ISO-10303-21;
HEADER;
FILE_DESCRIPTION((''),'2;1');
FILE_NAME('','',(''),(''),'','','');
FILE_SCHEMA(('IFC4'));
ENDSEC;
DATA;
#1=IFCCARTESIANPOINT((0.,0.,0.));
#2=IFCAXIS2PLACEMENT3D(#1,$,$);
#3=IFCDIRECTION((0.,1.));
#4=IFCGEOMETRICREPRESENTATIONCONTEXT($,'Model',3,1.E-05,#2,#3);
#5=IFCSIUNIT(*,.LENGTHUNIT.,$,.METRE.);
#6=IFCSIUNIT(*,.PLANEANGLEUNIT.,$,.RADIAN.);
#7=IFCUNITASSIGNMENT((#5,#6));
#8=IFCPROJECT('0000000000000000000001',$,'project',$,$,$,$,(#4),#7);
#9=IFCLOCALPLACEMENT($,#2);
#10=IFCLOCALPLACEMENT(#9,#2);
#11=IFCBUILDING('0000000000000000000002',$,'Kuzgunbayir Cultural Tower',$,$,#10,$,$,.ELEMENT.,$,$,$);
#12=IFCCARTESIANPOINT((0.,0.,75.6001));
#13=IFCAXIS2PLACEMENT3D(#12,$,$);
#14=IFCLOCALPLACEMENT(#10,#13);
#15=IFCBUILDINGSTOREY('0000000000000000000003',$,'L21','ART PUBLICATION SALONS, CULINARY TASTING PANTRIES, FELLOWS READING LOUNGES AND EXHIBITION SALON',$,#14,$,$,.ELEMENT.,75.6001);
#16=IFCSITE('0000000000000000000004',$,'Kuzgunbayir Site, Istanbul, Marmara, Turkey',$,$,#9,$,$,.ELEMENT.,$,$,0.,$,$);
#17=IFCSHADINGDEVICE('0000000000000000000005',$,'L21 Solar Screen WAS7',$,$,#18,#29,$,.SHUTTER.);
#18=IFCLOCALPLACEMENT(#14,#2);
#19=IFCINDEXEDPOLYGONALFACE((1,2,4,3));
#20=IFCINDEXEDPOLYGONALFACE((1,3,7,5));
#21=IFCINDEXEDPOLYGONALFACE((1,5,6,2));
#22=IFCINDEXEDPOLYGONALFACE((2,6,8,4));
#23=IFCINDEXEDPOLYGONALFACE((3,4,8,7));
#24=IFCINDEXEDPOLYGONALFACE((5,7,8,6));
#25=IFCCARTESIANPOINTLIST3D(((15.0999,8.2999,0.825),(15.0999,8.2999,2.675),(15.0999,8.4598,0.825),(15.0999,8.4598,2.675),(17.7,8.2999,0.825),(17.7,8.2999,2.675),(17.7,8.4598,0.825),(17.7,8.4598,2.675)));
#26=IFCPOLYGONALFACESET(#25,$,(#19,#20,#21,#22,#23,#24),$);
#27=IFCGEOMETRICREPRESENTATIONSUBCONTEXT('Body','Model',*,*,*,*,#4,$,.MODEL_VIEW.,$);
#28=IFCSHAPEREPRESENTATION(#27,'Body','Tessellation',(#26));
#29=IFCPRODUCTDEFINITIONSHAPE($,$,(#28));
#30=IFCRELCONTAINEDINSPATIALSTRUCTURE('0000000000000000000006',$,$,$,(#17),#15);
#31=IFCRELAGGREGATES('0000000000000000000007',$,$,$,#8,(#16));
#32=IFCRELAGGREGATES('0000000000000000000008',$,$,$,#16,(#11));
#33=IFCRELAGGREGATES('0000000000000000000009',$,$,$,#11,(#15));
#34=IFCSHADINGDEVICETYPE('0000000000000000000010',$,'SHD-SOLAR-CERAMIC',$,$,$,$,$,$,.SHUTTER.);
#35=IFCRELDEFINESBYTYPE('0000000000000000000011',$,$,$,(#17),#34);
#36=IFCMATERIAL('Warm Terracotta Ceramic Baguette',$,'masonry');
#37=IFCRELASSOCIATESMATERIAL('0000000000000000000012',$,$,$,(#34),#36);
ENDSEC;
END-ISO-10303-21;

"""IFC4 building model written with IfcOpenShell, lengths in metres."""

from ifc_helpers import new_model, si_unit, direction, frame, origin, origin_2d, place, context, subcontext, project, spatial, rectangle, extrude, material, type_object, element, save


model = new_model("IFC4")

# Units and contexts
model_context = context("Model", 3, precision=1e-05, world=origin(), true_north=direction((0.0, 1.0)))
body_context = subcontext(model_context, "Body", "Model", "MODEL_VIEW")
ifc_project = project(units=[si_unit("LENGTHUNIT", "METRE"), si_unit("PLANEANGLEUNIT", "RADIAN")], contexts=[model_context])

# Site, building, storey
site_placement = place(None, origin())
site = spatial("IfcSite", under=ifc_project, at=site_placement, Name="Kuzgunbayir Site, Istanbul, Marmara, Turkey", CompositionType="ELEMENT", RefElevation=0.0)
building_placement = place(site_placement, origin())
building = spatial("IfcBuilding", under=site, at=building_placement, Name="Kuzgunbayir Cultural Tower", CompositionType="ELEMENT")
storey_placement = place(building_placement, frame((0.0, 0.0, 75.6001)))
storey = spatial("IfcBuildingStorey", under=building, at=storey_placement, Name="L21", Description="ART PUBLICATION SALONS, CULINARY TASTING PANTRIES, FELLOWS READING LOUNGES AND EXHIBITION SALON", CompositionType="ELEMENT", Elevation=75.6001)

# Shading device
ifc_material_1 = material(Name="Warm Terracotta Ceramic Baguette", Category="masonry")
shading_device_type = type_object("IfcShadingDeviceType", Name="SHD-SOLAR-CERAMIC", PredefinedType="SHUTTER", material=ifc_material_1)
shading_device_placement = place(storey_placement, frame((16.3999, 8.3799, 0.825), z_axis=(0.0, 0.0, 1.0), x_axis=(1.0, 0.0, 0.0)))
element("IfcShadingDevice", 1, at=shading_device_placement, inside=storey, type_object=shading_device_type, Name="L21 Solar Screen WAS7", PredefinedType="SHUTTER", context=body_context, shape_type="SweptSolid", body=[
    extrude(rectangle(XDim=2.6001, YDim=0.1599, at=origin_2d()), origin(), (0.0, 0.0, 1.0), 1.8501),
])

save(model, "model.ifc")
